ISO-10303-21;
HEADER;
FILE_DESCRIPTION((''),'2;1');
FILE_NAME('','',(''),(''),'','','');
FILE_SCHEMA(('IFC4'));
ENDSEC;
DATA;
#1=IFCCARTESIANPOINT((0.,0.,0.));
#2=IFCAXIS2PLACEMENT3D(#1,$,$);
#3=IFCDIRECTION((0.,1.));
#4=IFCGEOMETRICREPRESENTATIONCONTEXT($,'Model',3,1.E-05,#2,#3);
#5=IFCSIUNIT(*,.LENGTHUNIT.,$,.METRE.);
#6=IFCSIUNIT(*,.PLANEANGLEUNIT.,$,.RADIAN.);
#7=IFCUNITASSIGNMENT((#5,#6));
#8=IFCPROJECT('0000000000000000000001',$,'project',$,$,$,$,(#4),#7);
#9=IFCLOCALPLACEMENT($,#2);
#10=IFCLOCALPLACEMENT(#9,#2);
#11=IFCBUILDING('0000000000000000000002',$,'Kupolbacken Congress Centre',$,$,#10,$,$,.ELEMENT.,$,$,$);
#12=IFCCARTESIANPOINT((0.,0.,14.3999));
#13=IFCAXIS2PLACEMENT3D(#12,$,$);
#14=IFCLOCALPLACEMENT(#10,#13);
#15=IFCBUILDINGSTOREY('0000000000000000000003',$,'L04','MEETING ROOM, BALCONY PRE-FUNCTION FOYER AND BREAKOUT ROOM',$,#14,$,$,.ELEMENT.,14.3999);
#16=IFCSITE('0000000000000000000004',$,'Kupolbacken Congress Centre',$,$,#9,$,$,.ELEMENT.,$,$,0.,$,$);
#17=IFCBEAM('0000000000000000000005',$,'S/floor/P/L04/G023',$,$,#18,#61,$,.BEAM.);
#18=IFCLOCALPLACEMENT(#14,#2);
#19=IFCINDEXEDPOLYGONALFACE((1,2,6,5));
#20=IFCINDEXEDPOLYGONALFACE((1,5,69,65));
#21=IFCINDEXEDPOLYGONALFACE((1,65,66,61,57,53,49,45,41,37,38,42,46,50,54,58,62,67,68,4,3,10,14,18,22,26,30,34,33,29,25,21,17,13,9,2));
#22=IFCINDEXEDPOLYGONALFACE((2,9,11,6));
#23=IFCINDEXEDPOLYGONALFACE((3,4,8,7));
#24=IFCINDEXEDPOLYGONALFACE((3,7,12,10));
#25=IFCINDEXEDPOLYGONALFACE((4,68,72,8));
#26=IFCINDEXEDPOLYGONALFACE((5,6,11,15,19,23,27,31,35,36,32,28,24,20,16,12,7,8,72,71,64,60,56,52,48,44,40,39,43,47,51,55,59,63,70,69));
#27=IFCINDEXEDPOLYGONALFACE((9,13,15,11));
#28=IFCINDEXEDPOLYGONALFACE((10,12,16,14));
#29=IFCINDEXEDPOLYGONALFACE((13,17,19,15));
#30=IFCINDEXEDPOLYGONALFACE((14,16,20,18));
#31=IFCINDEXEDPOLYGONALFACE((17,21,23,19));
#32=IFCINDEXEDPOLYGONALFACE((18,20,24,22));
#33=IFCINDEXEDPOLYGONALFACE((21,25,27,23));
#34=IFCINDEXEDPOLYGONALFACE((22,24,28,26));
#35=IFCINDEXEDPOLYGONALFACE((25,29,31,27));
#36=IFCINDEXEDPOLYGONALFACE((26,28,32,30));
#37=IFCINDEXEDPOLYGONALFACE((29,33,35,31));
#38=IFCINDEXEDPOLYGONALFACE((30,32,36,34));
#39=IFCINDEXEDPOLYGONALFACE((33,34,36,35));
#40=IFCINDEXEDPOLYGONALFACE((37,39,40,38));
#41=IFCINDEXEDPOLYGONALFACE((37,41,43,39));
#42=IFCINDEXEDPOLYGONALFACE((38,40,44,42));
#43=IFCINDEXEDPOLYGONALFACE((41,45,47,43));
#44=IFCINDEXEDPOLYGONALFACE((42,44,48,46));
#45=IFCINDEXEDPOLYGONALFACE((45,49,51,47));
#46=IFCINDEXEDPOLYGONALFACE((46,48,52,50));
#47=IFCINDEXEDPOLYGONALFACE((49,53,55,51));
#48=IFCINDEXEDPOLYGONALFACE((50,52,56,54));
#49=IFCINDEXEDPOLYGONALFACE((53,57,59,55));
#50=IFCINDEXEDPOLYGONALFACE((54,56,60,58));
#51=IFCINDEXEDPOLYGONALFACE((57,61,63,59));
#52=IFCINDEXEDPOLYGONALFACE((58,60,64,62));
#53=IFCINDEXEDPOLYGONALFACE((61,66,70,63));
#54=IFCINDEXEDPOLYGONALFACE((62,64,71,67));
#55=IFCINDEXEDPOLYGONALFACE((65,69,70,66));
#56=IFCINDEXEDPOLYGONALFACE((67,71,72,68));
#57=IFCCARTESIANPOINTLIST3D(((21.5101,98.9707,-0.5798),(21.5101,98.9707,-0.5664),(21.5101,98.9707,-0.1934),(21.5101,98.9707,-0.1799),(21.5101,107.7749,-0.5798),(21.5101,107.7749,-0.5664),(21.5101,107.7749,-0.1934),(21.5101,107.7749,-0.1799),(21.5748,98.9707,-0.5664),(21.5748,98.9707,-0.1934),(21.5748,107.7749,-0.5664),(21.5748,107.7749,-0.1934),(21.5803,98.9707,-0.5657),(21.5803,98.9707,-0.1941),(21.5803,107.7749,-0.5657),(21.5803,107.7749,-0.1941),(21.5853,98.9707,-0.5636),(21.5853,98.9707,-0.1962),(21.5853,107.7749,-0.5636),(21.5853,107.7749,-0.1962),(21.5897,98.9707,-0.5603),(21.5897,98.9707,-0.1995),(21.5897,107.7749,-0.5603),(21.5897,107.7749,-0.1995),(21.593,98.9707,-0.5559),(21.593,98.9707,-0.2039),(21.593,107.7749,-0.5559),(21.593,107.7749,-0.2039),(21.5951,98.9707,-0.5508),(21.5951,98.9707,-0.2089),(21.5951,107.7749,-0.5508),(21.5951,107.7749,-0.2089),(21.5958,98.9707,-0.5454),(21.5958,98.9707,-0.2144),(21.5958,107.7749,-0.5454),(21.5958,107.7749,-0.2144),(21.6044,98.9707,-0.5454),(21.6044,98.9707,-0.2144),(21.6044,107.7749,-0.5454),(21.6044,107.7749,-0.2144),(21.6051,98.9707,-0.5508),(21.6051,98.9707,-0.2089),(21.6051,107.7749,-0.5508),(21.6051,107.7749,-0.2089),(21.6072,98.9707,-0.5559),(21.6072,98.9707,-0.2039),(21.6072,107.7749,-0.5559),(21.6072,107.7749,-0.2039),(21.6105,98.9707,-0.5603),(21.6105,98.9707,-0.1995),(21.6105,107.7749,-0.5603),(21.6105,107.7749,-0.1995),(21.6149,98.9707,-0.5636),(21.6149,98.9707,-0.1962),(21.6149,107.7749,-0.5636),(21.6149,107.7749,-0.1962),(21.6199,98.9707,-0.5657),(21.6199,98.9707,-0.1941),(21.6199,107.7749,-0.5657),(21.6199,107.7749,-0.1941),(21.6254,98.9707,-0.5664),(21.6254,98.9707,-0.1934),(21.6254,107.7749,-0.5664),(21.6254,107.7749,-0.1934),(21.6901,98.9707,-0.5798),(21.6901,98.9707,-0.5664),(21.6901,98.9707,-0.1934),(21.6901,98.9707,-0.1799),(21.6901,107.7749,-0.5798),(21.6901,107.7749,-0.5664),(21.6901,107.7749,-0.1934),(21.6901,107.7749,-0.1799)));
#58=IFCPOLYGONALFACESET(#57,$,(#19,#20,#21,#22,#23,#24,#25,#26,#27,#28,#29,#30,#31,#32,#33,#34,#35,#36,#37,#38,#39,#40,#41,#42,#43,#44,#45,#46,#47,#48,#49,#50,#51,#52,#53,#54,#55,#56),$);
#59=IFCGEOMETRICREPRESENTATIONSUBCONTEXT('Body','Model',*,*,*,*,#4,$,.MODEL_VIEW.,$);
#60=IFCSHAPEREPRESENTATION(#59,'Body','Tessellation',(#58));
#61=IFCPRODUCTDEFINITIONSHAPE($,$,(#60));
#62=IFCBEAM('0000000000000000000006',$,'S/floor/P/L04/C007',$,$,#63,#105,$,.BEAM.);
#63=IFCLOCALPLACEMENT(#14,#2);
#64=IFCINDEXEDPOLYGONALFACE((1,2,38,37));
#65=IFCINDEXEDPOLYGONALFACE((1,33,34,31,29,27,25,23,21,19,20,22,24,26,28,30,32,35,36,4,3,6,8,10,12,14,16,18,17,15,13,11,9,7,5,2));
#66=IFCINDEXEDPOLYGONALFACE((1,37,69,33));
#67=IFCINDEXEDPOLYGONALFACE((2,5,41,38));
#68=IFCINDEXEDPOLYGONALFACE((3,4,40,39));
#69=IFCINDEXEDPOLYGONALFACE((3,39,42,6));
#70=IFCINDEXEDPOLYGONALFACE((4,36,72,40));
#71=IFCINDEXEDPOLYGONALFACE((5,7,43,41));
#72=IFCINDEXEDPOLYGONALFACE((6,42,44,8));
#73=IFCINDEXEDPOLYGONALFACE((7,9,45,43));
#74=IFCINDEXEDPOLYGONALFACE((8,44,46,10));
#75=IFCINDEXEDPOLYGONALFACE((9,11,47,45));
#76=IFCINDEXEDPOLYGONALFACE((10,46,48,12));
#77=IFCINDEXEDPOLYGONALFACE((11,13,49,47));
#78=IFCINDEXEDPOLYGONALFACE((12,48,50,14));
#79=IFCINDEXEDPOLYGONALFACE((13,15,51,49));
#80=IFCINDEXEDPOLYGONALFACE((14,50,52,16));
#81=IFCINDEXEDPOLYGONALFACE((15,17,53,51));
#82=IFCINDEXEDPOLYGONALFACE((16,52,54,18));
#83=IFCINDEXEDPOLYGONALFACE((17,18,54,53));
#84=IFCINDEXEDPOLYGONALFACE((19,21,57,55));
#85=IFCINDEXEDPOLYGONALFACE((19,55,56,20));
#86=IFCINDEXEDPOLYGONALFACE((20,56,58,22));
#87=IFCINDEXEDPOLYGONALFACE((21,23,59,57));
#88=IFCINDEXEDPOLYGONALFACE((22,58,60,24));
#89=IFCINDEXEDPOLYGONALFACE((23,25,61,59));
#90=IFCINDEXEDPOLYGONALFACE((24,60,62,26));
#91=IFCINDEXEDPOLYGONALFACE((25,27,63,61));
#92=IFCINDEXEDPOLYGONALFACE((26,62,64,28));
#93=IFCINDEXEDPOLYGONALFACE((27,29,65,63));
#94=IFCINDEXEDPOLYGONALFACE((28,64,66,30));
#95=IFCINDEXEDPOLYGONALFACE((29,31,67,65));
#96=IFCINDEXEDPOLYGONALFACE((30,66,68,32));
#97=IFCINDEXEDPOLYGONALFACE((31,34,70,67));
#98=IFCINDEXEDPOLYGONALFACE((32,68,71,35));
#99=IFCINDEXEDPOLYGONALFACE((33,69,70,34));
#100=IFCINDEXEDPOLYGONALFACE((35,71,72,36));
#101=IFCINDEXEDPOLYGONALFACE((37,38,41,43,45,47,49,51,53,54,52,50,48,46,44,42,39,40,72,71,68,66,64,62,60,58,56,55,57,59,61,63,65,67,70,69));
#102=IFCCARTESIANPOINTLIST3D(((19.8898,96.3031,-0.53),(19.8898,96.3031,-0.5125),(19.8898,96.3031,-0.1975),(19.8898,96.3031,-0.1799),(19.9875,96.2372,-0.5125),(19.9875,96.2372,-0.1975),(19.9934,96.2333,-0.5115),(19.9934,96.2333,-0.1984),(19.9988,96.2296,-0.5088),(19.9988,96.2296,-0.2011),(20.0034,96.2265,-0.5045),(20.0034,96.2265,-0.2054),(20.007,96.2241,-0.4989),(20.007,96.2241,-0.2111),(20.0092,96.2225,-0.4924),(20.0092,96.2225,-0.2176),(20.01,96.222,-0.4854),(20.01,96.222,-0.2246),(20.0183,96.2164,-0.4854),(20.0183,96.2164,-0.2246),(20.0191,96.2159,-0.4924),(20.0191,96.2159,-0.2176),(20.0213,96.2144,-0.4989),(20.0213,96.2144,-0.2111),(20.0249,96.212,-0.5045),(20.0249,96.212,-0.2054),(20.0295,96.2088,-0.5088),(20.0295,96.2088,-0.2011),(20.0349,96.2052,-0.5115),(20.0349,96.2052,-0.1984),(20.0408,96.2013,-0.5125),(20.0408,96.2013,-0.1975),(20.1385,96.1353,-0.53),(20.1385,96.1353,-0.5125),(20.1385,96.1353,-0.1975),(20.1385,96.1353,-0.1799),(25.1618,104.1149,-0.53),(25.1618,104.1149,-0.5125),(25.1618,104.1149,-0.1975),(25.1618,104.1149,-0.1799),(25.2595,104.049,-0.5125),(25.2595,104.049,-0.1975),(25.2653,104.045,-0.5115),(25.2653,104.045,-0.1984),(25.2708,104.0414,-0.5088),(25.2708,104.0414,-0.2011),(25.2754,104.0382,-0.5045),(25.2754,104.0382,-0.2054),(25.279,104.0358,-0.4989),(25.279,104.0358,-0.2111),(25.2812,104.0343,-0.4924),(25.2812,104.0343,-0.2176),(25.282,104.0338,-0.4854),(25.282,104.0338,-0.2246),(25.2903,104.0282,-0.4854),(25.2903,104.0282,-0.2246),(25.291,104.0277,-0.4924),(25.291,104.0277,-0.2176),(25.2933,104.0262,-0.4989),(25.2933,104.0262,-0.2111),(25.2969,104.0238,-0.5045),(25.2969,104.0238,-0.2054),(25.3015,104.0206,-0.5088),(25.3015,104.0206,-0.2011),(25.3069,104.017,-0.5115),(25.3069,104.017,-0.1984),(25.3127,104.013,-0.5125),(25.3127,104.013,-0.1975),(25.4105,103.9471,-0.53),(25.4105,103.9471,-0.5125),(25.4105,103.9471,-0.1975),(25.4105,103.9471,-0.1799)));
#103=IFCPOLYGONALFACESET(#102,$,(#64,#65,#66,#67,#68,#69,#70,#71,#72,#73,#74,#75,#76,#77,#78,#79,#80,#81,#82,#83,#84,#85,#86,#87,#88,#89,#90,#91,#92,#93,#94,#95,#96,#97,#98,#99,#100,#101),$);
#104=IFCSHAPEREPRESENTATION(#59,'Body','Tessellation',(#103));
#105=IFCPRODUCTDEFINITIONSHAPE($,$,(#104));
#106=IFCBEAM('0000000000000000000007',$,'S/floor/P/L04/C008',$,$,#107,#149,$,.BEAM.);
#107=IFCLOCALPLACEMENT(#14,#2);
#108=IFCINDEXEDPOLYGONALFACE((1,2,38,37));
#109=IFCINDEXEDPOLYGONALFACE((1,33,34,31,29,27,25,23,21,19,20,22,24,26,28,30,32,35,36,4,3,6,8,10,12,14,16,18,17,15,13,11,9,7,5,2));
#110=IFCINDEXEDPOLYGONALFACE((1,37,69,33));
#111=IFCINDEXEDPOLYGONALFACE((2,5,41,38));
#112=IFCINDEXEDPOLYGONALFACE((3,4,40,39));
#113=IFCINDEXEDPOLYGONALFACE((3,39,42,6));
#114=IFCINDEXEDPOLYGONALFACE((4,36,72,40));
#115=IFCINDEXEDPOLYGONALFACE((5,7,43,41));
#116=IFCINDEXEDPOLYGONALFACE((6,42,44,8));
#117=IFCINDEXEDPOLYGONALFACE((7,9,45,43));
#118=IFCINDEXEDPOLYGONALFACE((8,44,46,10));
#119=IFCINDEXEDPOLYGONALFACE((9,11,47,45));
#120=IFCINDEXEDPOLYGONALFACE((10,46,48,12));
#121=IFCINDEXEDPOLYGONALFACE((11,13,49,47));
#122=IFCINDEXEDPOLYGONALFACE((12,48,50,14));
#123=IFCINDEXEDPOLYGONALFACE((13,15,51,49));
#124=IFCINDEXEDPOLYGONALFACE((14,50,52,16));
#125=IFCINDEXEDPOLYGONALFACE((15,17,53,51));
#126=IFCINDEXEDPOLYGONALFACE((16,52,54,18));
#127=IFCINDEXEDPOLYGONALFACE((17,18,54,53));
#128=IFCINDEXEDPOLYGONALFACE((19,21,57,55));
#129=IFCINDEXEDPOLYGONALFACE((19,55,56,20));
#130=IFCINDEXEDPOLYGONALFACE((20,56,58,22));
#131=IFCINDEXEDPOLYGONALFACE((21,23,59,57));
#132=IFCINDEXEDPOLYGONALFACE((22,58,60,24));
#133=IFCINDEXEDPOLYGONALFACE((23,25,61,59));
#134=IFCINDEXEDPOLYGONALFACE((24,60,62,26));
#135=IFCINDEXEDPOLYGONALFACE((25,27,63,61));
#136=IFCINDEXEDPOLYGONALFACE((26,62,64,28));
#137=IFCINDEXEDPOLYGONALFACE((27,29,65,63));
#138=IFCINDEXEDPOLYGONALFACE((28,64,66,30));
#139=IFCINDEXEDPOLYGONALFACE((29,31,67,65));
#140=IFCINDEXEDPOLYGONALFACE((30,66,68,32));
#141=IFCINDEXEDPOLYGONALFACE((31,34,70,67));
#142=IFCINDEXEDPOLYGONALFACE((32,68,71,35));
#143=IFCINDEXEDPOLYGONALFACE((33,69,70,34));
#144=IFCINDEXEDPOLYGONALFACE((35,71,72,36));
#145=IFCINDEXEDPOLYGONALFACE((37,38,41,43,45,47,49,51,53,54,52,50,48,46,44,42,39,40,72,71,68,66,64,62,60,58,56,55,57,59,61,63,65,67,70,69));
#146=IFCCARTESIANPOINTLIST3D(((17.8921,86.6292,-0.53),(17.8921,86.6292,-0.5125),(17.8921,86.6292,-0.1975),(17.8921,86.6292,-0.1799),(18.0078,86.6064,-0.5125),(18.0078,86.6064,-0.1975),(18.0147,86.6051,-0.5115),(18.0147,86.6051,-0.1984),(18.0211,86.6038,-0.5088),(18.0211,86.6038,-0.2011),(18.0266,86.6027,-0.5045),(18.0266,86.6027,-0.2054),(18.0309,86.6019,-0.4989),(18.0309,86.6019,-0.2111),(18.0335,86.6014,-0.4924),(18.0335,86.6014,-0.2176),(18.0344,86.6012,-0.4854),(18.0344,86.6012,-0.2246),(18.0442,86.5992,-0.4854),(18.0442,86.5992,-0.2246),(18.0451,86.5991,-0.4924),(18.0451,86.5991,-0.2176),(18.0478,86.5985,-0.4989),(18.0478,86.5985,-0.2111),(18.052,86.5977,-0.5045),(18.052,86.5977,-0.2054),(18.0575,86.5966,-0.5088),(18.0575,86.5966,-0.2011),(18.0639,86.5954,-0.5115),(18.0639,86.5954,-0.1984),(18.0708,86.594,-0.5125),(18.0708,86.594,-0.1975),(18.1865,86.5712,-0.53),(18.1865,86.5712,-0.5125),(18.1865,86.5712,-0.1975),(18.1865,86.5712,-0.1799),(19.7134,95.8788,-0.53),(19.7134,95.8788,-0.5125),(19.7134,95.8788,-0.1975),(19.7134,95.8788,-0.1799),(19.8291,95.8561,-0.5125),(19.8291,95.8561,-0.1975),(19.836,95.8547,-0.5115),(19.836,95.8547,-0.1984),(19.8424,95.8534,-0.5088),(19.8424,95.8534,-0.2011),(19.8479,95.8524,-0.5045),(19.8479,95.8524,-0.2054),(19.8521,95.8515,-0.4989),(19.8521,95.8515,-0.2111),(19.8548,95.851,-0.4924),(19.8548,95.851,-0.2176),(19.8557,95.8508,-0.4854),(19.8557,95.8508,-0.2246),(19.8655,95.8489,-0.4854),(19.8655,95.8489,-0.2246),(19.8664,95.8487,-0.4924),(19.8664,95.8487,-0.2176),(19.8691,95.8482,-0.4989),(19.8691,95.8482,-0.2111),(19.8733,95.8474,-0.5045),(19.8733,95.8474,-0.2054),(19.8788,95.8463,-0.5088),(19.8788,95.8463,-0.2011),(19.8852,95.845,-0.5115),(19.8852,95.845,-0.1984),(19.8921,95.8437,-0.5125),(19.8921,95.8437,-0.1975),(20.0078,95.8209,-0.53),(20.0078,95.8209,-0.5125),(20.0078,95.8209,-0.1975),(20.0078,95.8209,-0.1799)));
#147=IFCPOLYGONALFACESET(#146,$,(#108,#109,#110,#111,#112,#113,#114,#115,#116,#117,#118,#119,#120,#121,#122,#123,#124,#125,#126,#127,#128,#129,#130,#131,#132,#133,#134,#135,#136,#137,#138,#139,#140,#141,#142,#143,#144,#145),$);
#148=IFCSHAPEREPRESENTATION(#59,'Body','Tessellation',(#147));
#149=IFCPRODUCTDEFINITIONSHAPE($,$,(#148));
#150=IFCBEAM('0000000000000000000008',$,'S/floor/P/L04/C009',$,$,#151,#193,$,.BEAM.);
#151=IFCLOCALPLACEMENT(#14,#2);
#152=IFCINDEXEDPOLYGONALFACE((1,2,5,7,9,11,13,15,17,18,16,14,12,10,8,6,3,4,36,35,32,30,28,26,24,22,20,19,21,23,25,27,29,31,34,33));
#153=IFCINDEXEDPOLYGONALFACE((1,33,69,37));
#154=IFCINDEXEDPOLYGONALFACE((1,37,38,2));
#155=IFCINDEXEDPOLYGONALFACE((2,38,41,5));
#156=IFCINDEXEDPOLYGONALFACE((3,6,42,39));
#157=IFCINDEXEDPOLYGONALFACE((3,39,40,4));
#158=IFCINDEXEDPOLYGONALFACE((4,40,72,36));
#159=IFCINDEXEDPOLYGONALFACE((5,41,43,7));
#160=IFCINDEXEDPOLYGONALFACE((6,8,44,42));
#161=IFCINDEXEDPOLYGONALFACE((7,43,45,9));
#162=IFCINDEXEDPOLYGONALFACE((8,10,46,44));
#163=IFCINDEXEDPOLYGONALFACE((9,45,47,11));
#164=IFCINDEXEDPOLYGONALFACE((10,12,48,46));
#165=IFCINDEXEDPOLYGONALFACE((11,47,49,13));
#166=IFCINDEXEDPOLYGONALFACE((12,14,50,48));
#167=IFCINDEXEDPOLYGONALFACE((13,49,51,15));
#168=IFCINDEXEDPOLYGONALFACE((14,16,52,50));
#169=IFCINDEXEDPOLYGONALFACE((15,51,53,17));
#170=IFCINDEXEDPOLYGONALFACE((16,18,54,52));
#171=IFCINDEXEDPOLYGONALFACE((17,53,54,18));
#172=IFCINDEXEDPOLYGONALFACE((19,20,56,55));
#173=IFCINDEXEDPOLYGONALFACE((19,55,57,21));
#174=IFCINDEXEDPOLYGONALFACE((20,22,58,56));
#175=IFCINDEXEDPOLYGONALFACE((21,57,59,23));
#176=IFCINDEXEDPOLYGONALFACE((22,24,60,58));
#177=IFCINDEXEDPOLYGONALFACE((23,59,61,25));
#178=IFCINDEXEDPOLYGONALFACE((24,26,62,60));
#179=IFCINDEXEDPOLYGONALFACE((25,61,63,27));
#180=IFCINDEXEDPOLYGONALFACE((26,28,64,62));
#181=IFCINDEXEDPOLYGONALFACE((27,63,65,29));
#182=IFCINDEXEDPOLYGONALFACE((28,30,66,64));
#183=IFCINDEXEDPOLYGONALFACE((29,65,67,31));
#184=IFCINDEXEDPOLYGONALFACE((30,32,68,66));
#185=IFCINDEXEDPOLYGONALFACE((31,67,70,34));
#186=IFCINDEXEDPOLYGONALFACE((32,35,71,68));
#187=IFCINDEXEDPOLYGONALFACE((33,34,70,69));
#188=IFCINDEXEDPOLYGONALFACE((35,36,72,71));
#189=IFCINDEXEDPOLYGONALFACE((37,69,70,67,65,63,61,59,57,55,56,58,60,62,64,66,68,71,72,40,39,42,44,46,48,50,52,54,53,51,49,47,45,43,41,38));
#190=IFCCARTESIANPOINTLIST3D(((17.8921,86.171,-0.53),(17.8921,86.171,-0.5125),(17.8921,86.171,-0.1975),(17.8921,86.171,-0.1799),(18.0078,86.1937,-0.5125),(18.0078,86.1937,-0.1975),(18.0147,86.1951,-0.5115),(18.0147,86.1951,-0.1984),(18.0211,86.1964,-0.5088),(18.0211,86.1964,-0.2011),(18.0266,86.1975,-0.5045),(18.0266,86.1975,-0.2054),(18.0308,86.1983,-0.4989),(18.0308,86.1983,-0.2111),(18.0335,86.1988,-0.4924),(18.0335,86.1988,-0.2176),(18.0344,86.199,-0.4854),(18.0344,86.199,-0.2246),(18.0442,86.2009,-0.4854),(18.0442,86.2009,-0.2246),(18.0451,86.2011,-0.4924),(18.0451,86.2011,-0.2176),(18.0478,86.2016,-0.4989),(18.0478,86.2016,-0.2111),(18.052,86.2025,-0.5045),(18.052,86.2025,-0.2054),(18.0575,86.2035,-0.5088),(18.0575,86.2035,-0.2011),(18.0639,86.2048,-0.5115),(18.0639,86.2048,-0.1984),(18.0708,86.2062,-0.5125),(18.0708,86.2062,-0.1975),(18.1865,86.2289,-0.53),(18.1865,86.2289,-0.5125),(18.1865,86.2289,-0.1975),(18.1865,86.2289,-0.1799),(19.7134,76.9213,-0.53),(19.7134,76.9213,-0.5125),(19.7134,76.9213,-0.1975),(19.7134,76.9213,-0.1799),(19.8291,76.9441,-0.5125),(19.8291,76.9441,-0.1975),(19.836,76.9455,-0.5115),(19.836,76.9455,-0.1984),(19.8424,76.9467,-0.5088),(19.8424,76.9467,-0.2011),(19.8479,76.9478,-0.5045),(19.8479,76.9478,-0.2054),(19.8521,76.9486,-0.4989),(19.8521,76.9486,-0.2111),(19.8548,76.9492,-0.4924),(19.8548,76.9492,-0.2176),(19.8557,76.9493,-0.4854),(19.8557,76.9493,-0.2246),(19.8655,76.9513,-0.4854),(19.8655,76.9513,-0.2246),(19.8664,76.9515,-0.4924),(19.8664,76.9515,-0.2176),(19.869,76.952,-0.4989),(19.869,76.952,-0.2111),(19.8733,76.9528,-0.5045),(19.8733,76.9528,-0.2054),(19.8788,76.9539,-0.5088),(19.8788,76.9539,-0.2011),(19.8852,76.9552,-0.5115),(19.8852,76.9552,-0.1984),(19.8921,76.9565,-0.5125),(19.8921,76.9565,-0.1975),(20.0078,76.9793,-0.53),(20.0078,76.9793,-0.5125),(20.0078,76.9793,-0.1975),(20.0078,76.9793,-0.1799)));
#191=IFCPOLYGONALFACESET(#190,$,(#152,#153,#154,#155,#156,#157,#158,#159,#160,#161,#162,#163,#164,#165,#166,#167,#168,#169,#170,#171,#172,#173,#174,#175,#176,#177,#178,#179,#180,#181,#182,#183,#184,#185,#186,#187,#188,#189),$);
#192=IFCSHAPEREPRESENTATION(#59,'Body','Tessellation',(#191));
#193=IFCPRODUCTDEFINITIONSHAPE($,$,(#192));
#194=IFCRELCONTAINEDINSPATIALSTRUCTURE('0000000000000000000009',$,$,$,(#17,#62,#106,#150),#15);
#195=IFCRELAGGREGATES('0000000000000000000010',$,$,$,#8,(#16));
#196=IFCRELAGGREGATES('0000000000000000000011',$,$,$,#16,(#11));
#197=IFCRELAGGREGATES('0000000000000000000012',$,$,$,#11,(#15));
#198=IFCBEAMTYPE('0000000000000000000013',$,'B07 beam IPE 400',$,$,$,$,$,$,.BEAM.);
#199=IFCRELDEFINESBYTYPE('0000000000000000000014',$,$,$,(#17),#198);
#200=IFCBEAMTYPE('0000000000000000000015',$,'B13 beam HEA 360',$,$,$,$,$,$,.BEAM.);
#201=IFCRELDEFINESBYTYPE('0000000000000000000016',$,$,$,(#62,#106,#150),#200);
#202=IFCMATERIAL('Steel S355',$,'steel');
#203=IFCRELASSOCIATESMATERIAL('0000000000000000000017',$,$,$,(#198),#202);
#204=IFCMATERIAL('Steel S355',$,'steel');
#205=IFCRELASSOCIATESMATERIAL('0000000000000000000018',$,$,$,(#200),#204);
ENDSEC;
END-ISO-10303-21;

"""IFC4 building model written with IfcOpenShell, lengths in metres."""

from ifc_helpers import new_model, si_unit, direction, frame, origin, origin_2d, place, context, subcontext, project, spatial, i_section, extrude, material, material_profile, profile_set, type_object, element, save


model = new_model("IFC4")

# Units and contexts
model_context = context("Model", 3, precision=1e-05, world=origin(), true_north=direction((0.0, 1.0)))
body_context = subcontext(model_context, "Body", "Model", "MODEL_VIEW")
ifc_project = project(units=[si_unit("LENGTHUNIT", "METRE"), si_unit("PLANEANGLEUNIT", "RADIAN")], contexts=[model_context])

# Site, building, storey
site_placement = place(None, origin())
site = spatial("IfcSite", under=ifc_project, at=site_placement, Name="Kupolbacken Congress Centre", CompositionType="ELEMENT", RefElevation=0.0)
building_placement = place(site_placement, origin())
building = spatial("IfcBuilding", under=site, at=building_placement, Name="Kupolbacken Congress Centre", CompositionType="ELEMENT")
storey_placement = place(building_placement, frame((0.0, 0.0, 14.3999)))
storey = spatial("IfcBuildingStorey", under=building, at=storey_placement, Name="L04", Description="MEETING ROOM, BALCONY PRE-FUNCTION FOYER AND BREAKOUT ROOM", CompositionType="ELEMENT", Elevation=14.3999)

# Beams
ifc_material_1 = material(Name="Steel S355", Category="steel")
ifc_material_profile_1 = material_profile(ifc_material_1, i_section(OverallWidth=0.1799, OverallDepth=0.3999, WebThickness=0.0085, FlangeThickness=0.0134, FilletRadius=0.021, at=origin_2d()), Name="IPE 400")
ifc_profile_set_1 = profile_set([ifc_material_profile_1], Name="Steel S355")
beam_type_1 = type_object("IfcBeamType", Name="B07 beam IPE 400", PredefinedType="BEAM", material=ifc_profile_set_1)
beam_1_placement = place(storey_placement, frame((21.6001, 98.9707, -0.3799), z_axis=(0.0, 1.0, 0.0), x_axis=(-1.0, 0.0, 0.0)))
element("IfcBeam", 1, at=beam_1_placement, inside=storey, type_object=beam_type_1, Name="S/floor/P/L04/G023", PredefinedType="BEAM", context=body_context, shape_type="SweptSolid", body=[
    extrude(i_section(OverallWidth=0.1799, OverallDepth=0.3999, WebThickness=0.0085, FlangeThickness=0.0134, FilletRadius=0.021, at=origin_2d()), origin(), (0.0, 0.0, 1.0), 8.8042),
])
ifc_material_2 = material(Name="Steel S355", Category="steel")
ifc_material_profile_2 = material_profile(ifc_material_2, i_section(OverallWidth=0.3, OverallDepth=0.3501, WebThickness=0.01, FlangeThickness=0.0176, FilletRadius=0.0271, at=origin_2d()), Name="HEA 360")
ifc_profile_set_2 = profile_set([ifc_material_profile_2], Name="Steel S355")
beam_type_2 = type_object("IfcBeamType", Name="B13 beam HEA 360", PredefinedType="BEAM", material=ifc_profile_set_2)
beam_2_placement = place(storey_placement, frame((25.2861, 104.031, -0.355), z_axis=(-0.559402, -0.828896, 0.0), x_axis=(0.828896, -0.559402, 0.0)))
element("IfcBeam", 2, at=beam_2_placement, inside=storey, type_object=beam_type_2, Name="S/floor/P/L04/C007", PredefinedType="BEAM", context=body_context, shape_type="SweptSolid", body=[
    extrude(i_section(OverallWidth=0.3, OverallDepth=0.3501, WebThickness=0.01, FlangeThickness=0.0176, FilletRadius=0.0271, at=origin_2d()), origin(), (0.0, 0.0, 1.0), 9.4243),
])
for number, where, z_axis, x_axis, name in (
    (3, (19.8606, 95.8499, -0.355), (-0.193192, -0.981161, 0.0), (0.981161, -0.193192, 0.0), "S/floor/P/L04/C008"),
    (4, (18.0393, 86.2, -0.355), (0.193192, -0.981161, 0.0), (0.981161, 0.193192, 0.0), "S/floor/P/L04/C009"),
):
    element("IfcBeam", number, at=place(storey_placement, frame(where, z_axis=z_axis, x_axis=x_axis)), inside=storey, type_object=beam_type_2, Name=name, PredefinedType="BEAM", context=body_context, shape_type="SweptSolid", body=[
        extrude(i_section(OverallWidth=0.3, OverallDepth=0.3501, WebThickness=0.01, FlangeThickness=0.0176, FilletRadius=0.0271, at=origin_2d()), origin(), (0.0, 0.0, 1.0), 9.4272),
    ])

save(model, "model.ifc")
